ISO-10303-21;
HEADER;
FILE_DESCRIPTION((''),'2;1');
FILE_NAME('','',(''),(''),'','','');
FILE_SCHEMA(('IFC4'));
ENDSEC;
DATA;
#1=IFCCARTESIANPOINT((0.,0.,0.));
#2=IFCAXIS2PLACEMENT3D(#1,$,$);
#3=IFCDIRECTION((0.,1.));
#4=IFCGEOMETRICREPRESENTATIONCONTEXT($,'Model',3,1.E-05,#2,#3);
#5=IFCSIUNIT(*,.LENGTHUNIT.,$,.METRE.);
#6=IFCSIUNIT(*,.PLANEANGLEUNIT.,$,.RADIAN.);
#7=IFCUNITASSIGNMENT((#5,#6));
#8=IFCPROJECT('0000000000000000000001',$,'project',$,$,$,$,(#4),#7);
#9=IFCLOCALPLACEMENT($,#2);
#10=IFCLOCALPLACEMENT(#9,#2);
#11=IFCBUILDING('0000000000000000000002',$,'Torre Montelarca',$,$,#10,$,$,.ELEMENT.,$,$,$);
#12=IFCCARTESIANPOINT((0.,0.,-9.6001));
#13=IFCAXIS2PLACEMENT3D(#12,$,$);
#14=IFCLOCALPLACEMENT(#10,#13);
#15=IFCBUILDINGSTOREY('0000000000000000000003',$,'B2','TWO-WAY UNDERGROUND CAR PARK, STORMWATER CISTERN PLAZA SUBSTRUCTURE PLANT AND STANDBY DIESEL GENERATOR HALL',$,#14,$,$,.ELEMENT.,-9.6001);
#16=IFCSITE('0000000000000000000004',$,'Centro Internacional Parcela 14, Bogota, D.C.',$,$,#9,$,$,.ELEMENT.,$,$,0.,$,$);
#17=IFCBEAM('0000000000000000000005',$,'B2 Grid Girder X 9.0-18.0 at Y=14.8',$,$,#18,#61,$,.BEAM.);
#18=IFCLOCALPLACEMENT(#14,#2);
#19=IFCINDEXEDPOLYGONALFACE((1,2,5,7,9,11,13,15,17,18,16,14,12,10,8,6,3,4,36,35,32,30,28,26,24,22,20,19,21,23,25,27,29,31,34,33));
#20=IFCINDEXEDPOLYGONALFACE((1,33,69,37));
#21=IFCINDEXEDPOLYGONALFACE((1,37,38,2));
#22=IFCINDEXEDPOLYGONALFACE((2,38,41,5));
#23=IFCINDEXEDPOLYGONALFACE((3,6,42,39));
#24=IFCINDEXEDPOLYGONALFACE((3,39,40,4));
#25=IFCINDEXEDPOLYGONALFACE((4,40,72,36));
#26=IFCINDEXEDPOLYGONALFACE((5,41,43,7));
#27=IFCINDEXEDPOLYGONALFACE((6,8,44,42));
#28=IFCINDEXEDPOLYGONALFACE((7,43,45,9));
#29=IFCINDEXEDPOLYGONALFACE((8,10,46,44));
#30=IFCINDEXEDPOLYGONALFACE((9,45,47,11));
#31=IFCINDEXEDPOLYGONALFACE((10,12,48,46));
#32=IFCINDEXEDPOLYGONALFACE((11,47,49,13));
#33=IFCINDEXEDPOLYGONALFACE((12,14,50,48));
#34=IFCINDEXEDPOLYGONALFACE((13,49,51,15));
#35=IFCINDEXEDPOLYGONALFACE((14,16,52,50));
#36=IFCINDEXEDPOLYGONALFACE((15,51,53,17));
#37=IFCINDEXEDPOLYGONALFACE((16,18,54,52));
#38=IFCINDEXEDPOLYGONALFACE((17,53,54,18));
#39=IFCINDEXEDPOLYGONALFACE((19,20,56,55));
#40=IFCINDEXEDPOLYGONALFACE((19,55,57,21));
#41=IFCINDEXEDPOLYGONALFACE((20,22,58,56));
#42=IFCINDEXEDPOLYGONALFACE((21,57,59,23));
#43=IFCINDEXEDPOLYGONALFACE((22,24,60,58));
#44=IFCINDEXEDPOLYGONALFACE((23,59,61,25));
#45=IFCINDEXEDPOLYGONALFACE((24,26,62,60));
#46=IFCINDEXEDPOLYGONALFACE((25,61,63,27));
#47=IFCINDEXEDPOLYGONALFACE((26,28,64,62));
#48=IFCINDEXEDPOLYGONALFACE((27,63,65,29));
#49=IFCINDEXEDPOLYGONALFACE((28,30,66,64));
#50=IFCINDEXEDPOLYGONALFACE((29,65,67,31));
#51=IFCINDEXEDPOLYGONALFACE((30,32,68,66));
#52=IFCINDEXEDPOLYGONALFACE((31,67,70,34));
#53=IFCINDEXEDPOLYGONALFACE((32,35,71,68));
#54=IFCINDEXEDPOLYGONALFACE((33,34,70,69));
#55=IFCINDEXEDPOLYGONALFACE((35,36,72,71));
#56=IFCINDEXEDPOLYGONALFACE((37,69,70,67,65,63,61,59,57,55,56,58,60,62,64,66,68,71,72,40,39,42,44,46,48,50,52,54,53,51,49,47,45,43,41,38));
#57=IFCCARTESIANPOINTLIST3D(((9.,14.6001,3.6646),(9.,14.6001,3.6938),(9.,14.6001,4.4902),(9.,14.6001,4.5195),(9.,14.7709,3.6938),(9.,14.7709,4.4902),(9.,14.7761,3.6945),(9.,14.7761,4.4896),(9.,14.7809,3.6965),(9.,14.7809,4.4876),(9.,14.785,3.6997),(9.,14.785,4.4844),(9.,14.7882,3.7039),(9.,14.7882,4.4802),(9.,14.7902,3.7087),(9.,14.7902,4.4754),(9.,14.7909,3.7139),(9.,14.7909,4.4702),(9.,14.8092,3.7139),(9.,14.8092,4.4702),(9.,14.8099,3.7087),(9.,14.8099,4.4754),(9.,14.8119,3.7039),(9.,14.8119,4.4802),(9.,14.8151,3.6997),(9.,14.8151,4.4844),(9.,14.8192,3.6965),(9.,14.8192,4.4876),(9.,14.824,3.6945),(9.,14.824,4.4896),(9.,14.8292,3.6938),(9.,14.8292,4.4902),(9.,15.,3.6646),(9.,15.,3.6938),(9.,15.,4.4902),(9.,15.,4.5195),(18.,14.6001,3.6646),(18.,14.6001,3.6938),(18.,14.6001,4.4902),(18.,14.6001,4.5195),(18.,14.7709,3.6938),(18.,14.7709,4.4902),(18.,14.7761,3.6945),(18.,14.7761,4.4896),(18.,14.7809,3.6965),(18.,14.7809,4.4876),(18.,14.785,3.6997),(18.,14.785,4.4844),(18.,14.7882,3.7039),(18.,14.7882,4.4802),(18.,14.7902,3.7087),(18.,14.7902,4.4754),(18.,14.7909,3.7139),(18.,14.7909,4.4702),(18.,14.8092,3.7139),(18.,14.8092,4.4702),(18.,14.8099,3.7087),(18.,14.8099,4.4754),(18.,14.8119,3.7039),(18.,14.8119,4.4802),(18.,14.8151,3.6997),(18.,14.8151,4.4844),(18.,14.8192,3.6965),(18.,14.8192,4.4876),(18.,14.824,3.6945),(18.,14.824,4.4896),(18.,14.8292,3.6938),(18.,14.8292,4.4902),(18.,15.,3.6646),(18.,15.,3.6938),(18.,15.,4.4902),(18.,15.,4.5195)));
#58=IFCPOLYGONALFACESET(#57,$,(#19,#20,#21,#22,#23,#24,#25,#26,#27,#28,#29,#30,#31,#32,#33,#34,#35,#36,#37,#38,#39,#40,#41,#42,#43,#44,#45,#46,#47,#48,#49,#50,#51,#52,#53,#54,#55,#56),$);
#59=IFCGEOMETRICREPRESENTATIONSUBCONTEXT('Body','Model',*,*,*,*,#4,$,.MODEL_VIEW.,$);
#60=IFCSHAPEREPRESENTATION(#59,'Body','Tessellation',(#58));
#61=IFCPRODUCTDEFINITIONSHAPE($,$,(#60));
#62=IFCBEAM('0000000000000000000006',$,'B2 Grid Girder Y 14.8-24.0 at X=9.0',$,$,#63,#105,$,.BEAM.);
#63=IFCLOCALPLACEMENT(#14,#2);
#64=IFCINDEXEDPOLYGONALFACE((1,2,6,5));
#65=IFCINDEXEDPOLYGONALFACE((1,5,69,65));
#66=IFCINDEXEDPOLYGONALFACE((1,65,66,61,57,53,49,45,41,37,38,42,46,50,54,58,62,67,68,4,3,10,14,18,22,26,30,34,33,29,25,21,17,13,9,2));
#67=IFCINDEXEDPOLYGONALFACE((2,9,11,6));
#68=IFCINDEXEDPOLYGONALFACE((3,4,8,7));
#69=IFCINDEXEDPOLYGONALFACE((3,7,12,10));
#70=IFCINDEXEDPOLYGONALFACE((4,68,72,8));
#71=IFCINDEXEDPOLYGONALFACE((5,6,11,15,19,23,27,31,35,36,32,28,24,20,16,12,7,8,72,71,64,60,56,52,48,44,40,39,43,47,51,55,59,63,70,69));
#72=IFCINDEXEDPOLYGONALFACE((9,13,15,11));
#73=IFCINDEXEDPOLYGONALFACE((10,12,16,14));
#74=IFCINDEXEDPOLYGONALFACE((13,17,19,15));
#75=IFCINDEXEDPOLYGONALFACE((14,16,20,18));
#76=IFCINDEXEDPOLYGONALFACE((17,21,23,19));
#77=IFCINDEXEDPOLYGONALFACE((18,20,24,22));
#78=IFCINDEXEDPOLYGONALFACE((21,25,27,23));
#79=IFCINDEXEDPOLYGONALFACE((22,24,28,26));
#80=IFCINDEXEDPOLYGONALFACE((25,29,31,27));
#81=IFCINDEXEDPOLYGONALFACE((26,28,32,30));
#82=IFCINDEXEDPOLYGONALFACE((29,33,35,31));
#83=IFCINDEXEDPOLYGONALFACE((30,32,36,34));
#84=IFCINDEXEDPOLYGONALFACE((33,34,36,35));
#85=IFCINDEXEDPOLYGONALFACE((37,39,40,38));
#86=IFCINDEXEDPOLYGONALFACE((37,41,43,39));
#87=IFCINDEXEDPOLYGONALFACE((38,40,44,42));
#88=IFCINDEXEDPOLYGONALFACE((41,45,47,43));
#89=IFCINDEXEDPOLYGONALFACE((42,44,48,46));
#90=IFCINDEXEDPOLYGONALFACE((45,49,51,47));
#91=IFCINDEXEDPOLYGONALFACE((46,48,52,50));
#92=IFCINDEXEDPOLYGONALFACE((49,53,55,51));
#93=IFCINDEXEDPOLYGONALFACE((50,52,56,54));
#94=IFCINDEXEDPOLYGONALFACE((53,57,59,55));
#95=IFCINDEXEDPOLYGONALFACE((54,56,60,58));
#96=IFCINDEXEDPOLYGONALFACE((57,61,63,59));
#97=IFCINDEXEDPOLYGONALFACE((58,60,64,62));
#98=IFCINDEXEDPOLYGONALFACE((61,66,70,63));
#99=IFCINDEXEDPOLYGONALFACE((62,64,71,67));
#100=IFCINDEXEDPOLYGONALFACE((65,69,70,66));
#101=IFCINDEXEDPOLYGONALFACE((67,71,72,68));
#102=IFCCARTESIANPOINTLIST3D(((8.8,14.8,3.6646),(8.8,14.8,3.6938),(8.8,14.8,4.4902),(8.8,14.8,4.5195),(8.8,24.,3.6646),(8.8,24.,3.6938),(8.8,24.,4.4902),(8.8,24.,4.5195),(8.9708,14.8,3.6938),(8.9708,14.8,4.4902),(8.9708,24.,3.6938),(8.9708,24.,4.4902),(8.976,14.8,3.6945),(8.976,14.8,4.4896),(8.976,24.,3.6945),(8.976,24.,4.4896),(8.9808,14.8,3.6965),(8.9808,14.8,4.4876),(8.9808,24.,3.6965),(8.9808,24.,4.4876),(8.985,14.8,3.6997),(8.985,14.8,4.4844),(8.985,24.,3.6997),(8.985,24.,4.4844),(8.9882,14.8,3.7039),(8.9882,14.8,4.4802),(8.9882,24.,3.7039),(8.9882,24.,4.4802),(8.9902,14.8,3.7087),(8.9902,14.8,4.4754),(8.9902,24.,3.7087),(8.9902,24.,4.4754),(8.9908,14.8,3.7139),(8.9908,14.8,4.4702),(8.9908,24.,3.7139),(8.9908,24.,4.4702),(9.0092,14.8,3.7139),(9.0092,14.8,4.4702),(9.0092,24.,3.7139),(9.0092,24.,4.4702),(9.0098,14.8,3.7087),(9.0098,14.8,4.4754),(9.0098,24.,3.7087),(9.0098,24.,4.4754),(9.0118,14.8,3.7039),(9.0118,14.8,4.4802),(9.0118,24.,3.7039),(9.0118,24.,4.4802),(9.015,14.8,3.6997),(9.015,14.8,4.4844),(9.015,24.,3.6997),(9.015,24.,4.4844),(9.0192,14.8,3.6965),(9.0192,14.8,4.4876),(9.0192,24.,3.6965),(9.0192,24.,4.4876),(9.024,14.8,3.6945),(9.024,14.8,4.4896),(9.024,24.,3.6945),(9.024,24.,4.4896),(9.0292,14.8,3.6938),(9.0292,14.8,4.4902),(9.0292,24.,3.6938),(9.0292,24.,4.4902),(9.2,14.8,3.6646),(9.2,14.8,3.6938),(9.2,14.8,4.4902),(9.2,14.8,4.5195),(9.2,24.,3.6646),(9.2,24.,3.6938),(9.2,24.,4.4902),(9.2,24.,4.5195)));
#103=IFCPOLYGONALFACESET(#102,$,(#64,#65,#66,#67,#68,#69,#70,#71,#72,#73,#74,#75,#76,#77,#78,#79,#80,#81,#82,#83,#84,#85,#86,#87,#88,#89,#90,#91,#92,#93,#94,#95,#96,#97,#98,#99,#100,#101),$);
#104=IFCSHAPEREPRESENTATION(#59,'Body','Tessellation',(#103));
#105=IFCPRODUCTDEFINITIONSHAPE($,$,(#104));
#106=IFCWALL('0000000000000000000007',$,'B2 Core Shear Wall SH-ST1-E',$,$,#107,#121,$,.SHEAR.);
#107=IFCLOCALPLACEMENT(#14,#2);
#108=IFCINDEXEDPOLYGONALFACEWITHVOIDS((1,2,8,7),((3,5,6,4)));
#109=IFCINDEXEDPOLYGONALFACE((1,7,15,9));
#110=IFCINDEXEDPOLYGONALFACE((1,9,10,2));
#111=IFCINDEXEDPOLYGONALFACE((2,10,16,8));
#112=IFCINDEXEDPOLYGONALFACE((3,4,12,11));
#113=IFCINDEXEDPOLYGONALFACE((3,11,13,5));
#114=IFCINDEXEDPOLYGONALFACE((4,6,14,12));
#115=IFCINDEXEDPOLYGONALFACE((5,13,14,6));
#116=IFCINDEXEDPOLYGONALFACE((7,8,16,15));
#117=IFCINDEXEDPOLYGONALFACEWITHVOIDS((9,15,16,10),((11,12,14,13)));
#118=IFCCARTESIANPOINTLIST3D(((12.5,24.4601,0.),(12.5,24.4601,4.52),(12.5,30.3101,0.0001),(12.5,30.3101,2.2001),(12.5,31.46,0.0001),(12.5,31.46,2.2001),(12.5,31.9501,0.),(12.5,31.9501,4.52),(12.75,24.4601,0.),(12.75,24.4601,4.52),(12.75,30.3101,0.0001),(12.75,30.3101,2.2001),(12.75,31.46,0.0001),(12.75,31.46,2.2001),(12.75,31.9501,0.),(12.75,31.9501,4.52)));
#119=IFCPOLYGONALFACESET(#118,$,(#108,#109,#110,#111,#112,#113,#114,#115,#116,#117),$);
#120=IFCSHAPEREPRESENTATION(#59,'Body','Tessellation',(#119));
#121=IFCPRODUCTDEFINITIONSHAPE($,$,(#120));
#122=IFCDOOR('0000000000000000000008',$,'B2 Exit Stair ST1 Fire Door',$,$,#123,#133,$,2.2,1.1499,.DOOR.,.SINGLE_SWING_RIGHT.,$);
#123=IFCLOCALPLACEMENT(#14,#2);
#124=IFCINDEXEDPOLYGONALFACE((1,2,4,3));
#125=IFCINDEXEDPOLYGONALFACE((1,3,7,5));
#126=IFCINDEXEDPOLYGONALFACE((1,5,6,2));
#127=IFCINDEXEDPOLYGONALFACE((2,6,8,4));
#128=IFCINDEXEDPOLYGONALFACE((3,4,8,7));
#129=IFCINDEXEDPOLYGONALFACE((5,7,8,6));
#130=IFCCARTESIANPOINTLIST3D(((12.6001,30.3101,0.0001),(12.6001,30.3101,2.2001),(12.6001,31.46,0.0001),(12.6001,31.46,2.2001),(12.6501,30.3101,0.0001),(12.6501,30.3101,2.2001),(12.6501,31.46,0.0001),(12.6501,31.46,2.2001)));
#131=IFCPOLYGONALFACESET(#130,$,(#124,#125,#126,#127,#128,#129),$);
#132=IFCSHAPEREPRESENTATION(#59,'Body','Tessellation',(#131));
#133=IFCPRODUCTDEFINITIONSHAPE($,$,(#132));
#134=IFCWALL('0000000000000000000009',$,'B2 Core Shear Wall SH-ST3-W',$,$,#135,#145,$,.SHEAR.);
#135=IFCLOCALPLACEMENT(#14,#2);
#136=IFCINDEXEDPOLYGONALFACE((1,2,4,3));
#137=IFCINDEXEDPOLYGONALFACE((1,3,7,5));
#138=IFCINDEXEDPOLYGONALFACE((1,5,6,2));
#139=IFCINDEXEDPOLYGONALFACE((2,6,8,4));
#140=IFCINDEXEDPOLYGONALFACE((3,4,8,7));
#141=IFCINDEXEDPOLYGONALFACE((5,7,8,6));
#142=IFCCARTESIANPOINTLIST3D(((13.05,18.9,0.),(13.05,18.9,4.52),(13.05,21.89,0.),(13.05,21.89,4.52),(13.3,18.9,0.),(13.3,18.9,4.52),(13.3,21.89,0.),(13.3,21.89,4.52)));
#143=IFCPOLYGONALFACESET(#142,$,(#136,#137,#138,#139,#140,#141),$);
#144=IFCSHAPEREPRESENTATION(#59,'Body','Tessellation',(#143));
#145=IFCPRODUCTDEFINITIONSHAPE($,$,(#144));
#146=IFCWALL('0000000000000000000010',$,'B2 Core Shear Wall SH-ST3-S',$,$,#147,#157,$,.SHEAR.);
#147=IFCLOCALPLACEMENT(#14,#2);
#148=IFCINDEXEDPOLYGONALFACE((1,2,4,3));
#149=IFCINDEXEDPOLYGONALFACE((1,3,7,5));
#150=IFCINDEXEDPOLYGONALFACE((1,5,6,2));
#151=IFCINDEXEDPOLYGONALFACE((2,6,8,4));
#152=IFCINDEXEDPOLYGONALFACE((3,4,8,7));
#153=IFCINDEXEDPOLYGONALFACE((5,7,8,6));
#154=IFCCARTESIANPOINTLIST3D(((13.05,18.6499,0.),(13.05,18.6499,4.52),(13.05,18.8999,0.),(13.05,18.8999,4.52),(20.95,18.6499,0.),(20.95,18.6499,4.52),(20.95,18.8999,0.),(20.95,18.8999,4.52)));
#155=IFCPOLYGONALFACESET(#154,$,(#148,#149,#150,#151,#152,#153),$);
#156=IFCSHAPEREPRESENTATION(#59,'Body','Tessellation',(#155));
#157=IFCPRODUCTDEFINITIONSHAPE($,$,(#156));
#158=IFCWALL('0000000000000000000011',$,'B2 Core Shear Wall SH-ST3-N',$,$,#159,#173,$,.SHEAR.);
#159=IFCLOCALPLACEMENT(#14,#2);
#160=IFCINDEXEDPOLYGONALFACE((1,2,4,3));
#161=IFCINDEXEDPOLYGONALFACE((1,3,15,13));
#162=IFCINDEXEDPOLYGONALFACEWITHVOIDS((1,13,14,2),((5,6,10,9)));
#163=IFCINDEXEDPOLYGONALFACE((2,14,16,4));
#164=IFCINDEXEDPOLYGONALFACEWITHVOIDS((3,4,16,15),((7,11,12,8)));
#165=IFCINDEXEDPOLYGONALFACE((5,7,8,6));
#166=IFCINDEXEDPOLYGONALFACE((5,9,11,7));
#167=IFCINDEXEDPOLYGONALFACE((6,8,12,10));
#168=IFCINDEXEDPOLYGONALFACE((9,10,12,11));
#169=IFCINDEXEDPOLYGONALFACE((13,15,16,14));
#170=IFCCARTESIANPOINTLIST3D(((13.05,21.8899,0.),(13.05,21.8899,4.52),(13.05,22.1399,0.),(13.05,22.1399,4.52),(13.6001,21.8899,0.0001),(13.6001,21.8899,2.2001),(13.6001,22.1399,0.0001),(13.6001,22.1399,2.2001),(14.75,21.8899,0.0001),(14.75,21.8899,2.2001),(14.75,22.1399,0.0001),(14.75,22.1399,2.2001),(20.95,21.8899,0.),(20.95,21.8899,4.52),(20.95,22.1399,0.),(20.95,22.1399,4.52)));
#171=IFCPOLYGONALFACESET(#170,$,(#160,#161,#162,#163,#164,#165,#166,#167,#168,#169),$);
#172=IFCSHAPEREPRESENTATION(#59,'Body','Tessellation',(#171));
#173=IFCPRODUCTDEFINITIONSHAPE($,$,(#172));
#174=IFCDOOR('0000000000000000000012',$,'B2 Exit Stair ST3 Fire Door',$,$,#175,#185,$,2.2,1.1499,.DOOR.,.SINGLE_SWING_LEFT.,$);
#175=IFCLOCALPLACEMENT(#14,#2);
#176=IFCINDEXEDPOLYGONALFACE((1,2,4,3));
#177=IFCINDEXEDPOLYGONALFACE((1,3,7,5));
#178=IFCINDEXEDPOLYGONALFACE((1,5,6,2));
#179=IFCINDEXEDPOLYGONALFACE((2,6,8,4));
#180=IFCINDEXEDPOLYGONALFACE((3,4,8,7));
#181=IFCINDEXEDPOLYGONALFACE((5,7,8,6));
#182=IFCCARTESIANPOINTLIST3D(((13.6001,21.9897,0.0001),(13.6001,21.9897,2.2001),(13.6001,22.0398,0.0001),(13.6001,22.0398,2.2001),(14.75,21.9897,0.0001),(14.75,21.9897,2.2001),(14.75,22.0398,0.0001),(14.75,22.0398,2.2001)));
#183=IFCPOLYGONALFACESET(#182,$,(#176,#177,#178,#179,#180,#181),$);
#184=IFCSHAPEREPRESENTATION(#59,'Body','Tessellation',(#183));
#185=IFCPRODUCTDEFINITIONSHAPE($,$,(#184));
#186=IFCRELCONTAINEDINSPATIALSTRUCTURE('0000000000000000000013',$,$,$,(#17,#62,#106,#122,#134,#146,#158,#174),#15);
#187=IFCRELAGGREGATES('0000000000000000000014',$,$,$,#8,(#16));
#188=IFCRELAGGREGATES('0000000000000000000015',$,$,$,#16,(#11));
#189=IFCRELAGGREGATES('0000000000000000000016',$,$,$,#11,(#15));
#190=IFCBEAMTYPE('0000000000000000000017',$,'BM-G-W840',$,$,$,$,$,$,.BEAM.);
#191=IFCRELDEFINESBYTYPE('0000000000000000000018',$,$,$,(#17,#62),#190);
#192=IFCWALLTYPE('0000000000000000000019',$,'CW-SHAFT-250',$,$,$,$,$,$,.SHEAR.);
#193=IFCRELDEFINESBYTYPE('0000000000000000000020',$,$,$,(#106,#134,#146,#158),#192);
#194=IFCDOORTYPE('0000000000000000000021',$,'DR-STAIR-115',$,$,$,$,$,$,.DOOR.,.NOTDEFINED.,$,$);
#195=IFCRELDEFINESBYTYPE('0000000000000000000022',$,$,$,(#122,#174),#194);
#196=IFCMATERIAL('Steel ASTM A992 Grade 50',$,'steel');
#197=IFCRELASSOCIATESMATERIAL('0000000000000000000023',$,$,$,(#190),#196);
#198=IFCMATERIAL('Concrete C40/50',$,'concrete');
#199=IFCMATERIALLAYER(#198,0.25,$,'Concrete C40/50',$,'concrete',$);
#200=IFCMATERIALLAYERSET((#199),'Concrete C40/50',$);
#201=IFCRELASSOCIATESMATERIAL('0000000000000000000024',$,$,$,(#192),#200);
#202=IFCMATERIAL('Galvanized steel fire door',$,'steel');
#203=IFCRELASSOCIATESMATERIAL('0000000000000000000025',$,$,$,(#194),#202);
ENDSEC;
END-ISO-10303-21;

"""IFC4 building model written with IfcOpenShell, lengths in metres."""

from ifc_helpers import new_model, si_unit, direction, frame, frame_2d, origin, origin_2d, place, context, subcontext, project, spatial, rectangle, i_section, extrude, source, transform, mapped, material, layer, layer_set, material_profile, profile_set, type_object, element, fill, save


model = new_model("IFC4")

# Units and contexts
model_context = context("Model", 3, precision=1e-05, world=origin(), true_north=direction((0.0, 1.0)))
body_context = subcontext(model_context, "Body", "Model", "MODEL_VIEW")
ifc_project = project(units=[si_unit("LENGTHUNIT", "METRE"), si_unit("PLANEANGLEUNIT", "RADIAN")], contexts=[model_context])

# Site, building, storey
site_placement = place(None, origin())
site = spatial("IfcSite", under=ifc_project, at=site_placement, Name="Centro Internacional Parcela 14, Bogota, D.C.", CompositionType="ELEMENT", RefElevation=0.0)
building_placement = place(site_placement, origin())
building = spatial("IfcBuilding", under=site, at=building_placement, Name="Torre Montelarca", CompositionType="ELEMENT")
storey_placement = place(building_placement, frame((0.0, 0.0, -9.6001)))
storey = spatial("IfcBuildingStorey", under=building, at=storey_placement, Name="B2", Description="TWO-WAY UNDERGROUND CAR PARK, STORMWATER CISTERN PLAZA SUBSTRUCTURE PLANT AND STANDBY DIESEL GENERATOR HALL", CompositionType="ELEMENT", Elevation=-9.6001)

# Shared definitions
ifc_material_1 = material(Name="Concrete C40/50", Category="concrete")

# Beams
ifc_material_2 = material(Name="Steel ASTM A992 Grade 50", Category="steel")
ifc_material_profile_1 = material_profile(ifc_material_2, i_section(OverallWidth=0.3999, OverallDepth=0.855, WebThickness=0.0183, FlangeThickness=0.0293, FilletRadius=0.02, at=origin_2d()), Name="W840X299", Category="steel")
ifc_profile_set_1 = profile_set([ifc_material_profile_1], Name="Steel ASTM A992 Grade 50")
beam_type = type_object("IfcBeamType", Name="BM-G-W840", PredefinedType="BEAM", material=ifc_profile_set_1)
shared_shape_1 = source(origin(), body_context, "Body", "SweptSolid", [
    extrude(i_section(OverallWidth=0.3999, OverallDepth=0.855, WebThickness=0.0183, FlangeThickness=0.0293, FilletRadius=0.02, at=origin_2d()), origin(), (0.0, 0.0, 1.0), 9.0),
])
beam_1_placement = place(storey_placement, frame((9.0, 14.8, 4.092), z_axis=(1.0, 0.0, 0.0), x_axis=(0.0, 1.0, 0.0)))
element("IfcBeam", 1, at=beam_1_placement, inside=storey, type_object=beam_type, Name="B2 Grid Girder X 9.0-18.0 at Y=14.8", PredefinedType="BEAM", context=body_context, shape_type="MappedRepresentation", body=[
    mapped(shared_shape_1, transform((0.0, 0.0, 0.0), scale=1.0)),
])
shared_shape_2 = source(origin(), body_context, "Body", "SweptSolid", [
    extrude(i_section(OverallWidth=0.3999, OverallDepth=0.855, WebThickness=0.0183, FlangeThickness=0.0293, FilletRadius=0.02, at=origin_2d()), origin(), (0.0, 0.0, 1.0), 9.2),
])
beam_2_placement = place(storey_placement, frame((9.0, 14.8, 4.092), z_axis=(0.0, 1.0, 0.0), x_axis=(-1.0, 0.0, 0.0)))
element("IfcBeam", 2, at=beam_2_placement, inside=storey, type_object=beam_type, Name="B2 Grid Girder Y 14.8-24.0 at X=9.0", PredefinedType="BEAM", context=body_context, shape_type="MappedRepresentation", body=[
    mapped(shared_shape_2, transform((0.0, 0.0, 0.0), scale=1.0)),
])

# Wall, opening, door
ifc_layer_1 = layer(ifc_material_1, 0.25, Name="Concrete C40/50", Category="concrete")
ifc_layer_set_1 = layer_set([ifc_layer_1], Name="Concrete C40/50")
wall_type_1 = type_object("IfcWallType", Name="CW-SHAFT-250", PredefinedType="SHEAR", material=ifc_layer_set_1)
wall_1_placement = place(storey_placement, frame((12.625, 24.46, 0.0), z_axis=(0.0, 0.0, 1.0), x_axis=(0.0, 1.0, 0.0)))
wall_1 = element("IfcWall", 3, at=wall_1_placement, inside=storey, type_object=wall_type_1, Name="B2 Core Shear Wall SH-ST1-E", PredefinedType="SHEAR", context=body_context, shape_type="SweptSolid", body=[
    extrude(rectangle(XDim=7.49, YDim=0.25, at=frame_2d((3.7451, 0.0))), origin(), (0.0, 0.0, 1.0), 4.52),
])
opening_1_placement = place(wall_1_placement, frame((5.8501, 0.0, 0.0)))
opening_1 = element("IfcOpeningElement", 4, at=opening_1_placement, cuts=wall_1, PredefinedType="OPENING", context=body_context, shape_type="SweptSolid", body=[
    extrude(rectangle(XDim=1.1499, YDim=2.2, at=frame_2d((0.575, 1.1001))), frame((0.0, 0.135, 0.0), z_axis=(0.0, -1.0, 0.0), x_axis=(1.0, 0.0, 0.0)), (0.0, 0.0, 1.0), 0.27),
])
ifc_material_3 = material(Name="Galvanized steel fire door", Category="steel")
door_type = type_object("IfcDoorType", Name="DR-STAIR-115", OperationType="NOTDEFINED", PredefinedType="DOOR", material=ifc_material_3)
shared_shape_3 = source(origin(), body_context, "Body", "SweptSolid", [
    extrude(rectangle(XDim=1.1499, YDim=2.2, at=frame_2d((0.575, 1.1001))), frame((0.0, 0.0249, 0.0), z_axis=(0.0, -1.0, 0.0), x_axis=(1.0, 0.0, 0.0)), (0.0, 0.0, 1.0), 0.05),
])
door_1_placement = place(opening_1_placement, origin())
door_1 = element("IfcDoor", 5, at=door_1_placement, inside=storey, type_object=door_type, Name="B2 Exit Stair ST1 Fire Door", OperationType="SINGLE_SWING_RIGHT", OverallHeight=2.2, OverallWidth=1.1499, PredefinedType="DOOR", context=body_context, shape_type="MappedRepresentation", body=[
    mapped(shared_shape_3, transform((0.0, 0.0, 0.0), scale=1.0)),
])
fill(opening_1, door_1)

# Walls
wall_2_placement = place(storey_placement, frame((13.175, 18.8999, 0.0), z_axis=(0.0, 0.0, 1.0), x_axis=(0.0, 1.0, 0.0)))
element("IfcWall", 6, at=wall_2_placement, inside=storey, type_object=wall_type_1, Name="B2 Core Shear Wall SH-ST3-W", PredefinedType="SHEAR", context=body_context, shape_type="SweptSolid", body=[
    extrude(rectangle(XDim=2.99, YDim=0.25, at=frame_2d((1.4951, 0.0))), origin(), (0.0, 0.0, 1.0), 4.52),
])
wall_3_placement = place(storey_placement, frame((13.05, 18.7749, 0.0), z_axis=(0.0, 0.0, 1.0), x_axis=(1.0, 0.0, 0.0)))
element("IfcWall", 7, at=wall_3_placement, inside=storey, type_object=wall_type_1, Name="B2 Core Shear Wall SH-ST3-S", PredefinedType="SHEAR", context=body_context, shape_type="SweptSolid", body=[
    extrude(rectangle(XDim=7.8999, YDim=0.25, at=frame_2d((3.95, 0.0))), origin(), (0.0, 0.0, 1.0), 4.52),
])

# Wall, opening, door
wall_4_placement = place(storey_placement, frame((13.05, 22.0149, 0.0), z_axis=(0.0, 0.0, 1.0), x_axis=(1.0, 0.0, 0.0)))
wall_4 = element("IfcWall", 8, at=wall_4_placement, inside=storey, type_object=wall_type_1, Name="B2 Core Shear Wall SH-ST3-N", PredefinedType="SHEAR", context=body_context, shape_type="SweptSolid", body=[
    extrude(rectangle(XDim=7.8999, YDim=0.25, at=frame_2d((3.95, 0.0))), origin(), (0.0, 0.0, 1.0), 4.52),
])
opening_2_placement = place(wall_4_placement, frame((0.55, 0.0, 0.0)))
opening_2 = element("IfcOpeningElement", 9, at=opening_2_placement, cuts=wall_4, PredefinedType="OPENING", context=body_context, shape_type="SweptSolid", body=[
    extrude(rectangle(XDim=1.1499, YDim=2.2, at=frame_2d((0.575, 1.1001))), frame((0.0, 0.135, 0.0), z_axis=(0.0, -1.0, 0.0), x_axis=(1.0, 0.0, 0.0)), (0.0, 0.0, 1.0), 0.27),
])
door_2_placement = place(opening_2_placement, origin())
door_2 = element("IfcDoor", 10, at=door_2_placement, inside=storey, type_object=door_type, Name="B2 Exit Stair ST3 Fire Door", OperationType="SINGLE_SWING_LEFT", OverallHeight=2.2, OverallWidth=1.1499, PredefinedType="DOOR", context=body_context, shape_type="MappedRepresentation", body=[
    mapped(shared_shape_3, transform((0.0, 0.0, 0.0), scale=1.0)),
])
fill(opening_2, door_2)

save(model, "model.ifc")
